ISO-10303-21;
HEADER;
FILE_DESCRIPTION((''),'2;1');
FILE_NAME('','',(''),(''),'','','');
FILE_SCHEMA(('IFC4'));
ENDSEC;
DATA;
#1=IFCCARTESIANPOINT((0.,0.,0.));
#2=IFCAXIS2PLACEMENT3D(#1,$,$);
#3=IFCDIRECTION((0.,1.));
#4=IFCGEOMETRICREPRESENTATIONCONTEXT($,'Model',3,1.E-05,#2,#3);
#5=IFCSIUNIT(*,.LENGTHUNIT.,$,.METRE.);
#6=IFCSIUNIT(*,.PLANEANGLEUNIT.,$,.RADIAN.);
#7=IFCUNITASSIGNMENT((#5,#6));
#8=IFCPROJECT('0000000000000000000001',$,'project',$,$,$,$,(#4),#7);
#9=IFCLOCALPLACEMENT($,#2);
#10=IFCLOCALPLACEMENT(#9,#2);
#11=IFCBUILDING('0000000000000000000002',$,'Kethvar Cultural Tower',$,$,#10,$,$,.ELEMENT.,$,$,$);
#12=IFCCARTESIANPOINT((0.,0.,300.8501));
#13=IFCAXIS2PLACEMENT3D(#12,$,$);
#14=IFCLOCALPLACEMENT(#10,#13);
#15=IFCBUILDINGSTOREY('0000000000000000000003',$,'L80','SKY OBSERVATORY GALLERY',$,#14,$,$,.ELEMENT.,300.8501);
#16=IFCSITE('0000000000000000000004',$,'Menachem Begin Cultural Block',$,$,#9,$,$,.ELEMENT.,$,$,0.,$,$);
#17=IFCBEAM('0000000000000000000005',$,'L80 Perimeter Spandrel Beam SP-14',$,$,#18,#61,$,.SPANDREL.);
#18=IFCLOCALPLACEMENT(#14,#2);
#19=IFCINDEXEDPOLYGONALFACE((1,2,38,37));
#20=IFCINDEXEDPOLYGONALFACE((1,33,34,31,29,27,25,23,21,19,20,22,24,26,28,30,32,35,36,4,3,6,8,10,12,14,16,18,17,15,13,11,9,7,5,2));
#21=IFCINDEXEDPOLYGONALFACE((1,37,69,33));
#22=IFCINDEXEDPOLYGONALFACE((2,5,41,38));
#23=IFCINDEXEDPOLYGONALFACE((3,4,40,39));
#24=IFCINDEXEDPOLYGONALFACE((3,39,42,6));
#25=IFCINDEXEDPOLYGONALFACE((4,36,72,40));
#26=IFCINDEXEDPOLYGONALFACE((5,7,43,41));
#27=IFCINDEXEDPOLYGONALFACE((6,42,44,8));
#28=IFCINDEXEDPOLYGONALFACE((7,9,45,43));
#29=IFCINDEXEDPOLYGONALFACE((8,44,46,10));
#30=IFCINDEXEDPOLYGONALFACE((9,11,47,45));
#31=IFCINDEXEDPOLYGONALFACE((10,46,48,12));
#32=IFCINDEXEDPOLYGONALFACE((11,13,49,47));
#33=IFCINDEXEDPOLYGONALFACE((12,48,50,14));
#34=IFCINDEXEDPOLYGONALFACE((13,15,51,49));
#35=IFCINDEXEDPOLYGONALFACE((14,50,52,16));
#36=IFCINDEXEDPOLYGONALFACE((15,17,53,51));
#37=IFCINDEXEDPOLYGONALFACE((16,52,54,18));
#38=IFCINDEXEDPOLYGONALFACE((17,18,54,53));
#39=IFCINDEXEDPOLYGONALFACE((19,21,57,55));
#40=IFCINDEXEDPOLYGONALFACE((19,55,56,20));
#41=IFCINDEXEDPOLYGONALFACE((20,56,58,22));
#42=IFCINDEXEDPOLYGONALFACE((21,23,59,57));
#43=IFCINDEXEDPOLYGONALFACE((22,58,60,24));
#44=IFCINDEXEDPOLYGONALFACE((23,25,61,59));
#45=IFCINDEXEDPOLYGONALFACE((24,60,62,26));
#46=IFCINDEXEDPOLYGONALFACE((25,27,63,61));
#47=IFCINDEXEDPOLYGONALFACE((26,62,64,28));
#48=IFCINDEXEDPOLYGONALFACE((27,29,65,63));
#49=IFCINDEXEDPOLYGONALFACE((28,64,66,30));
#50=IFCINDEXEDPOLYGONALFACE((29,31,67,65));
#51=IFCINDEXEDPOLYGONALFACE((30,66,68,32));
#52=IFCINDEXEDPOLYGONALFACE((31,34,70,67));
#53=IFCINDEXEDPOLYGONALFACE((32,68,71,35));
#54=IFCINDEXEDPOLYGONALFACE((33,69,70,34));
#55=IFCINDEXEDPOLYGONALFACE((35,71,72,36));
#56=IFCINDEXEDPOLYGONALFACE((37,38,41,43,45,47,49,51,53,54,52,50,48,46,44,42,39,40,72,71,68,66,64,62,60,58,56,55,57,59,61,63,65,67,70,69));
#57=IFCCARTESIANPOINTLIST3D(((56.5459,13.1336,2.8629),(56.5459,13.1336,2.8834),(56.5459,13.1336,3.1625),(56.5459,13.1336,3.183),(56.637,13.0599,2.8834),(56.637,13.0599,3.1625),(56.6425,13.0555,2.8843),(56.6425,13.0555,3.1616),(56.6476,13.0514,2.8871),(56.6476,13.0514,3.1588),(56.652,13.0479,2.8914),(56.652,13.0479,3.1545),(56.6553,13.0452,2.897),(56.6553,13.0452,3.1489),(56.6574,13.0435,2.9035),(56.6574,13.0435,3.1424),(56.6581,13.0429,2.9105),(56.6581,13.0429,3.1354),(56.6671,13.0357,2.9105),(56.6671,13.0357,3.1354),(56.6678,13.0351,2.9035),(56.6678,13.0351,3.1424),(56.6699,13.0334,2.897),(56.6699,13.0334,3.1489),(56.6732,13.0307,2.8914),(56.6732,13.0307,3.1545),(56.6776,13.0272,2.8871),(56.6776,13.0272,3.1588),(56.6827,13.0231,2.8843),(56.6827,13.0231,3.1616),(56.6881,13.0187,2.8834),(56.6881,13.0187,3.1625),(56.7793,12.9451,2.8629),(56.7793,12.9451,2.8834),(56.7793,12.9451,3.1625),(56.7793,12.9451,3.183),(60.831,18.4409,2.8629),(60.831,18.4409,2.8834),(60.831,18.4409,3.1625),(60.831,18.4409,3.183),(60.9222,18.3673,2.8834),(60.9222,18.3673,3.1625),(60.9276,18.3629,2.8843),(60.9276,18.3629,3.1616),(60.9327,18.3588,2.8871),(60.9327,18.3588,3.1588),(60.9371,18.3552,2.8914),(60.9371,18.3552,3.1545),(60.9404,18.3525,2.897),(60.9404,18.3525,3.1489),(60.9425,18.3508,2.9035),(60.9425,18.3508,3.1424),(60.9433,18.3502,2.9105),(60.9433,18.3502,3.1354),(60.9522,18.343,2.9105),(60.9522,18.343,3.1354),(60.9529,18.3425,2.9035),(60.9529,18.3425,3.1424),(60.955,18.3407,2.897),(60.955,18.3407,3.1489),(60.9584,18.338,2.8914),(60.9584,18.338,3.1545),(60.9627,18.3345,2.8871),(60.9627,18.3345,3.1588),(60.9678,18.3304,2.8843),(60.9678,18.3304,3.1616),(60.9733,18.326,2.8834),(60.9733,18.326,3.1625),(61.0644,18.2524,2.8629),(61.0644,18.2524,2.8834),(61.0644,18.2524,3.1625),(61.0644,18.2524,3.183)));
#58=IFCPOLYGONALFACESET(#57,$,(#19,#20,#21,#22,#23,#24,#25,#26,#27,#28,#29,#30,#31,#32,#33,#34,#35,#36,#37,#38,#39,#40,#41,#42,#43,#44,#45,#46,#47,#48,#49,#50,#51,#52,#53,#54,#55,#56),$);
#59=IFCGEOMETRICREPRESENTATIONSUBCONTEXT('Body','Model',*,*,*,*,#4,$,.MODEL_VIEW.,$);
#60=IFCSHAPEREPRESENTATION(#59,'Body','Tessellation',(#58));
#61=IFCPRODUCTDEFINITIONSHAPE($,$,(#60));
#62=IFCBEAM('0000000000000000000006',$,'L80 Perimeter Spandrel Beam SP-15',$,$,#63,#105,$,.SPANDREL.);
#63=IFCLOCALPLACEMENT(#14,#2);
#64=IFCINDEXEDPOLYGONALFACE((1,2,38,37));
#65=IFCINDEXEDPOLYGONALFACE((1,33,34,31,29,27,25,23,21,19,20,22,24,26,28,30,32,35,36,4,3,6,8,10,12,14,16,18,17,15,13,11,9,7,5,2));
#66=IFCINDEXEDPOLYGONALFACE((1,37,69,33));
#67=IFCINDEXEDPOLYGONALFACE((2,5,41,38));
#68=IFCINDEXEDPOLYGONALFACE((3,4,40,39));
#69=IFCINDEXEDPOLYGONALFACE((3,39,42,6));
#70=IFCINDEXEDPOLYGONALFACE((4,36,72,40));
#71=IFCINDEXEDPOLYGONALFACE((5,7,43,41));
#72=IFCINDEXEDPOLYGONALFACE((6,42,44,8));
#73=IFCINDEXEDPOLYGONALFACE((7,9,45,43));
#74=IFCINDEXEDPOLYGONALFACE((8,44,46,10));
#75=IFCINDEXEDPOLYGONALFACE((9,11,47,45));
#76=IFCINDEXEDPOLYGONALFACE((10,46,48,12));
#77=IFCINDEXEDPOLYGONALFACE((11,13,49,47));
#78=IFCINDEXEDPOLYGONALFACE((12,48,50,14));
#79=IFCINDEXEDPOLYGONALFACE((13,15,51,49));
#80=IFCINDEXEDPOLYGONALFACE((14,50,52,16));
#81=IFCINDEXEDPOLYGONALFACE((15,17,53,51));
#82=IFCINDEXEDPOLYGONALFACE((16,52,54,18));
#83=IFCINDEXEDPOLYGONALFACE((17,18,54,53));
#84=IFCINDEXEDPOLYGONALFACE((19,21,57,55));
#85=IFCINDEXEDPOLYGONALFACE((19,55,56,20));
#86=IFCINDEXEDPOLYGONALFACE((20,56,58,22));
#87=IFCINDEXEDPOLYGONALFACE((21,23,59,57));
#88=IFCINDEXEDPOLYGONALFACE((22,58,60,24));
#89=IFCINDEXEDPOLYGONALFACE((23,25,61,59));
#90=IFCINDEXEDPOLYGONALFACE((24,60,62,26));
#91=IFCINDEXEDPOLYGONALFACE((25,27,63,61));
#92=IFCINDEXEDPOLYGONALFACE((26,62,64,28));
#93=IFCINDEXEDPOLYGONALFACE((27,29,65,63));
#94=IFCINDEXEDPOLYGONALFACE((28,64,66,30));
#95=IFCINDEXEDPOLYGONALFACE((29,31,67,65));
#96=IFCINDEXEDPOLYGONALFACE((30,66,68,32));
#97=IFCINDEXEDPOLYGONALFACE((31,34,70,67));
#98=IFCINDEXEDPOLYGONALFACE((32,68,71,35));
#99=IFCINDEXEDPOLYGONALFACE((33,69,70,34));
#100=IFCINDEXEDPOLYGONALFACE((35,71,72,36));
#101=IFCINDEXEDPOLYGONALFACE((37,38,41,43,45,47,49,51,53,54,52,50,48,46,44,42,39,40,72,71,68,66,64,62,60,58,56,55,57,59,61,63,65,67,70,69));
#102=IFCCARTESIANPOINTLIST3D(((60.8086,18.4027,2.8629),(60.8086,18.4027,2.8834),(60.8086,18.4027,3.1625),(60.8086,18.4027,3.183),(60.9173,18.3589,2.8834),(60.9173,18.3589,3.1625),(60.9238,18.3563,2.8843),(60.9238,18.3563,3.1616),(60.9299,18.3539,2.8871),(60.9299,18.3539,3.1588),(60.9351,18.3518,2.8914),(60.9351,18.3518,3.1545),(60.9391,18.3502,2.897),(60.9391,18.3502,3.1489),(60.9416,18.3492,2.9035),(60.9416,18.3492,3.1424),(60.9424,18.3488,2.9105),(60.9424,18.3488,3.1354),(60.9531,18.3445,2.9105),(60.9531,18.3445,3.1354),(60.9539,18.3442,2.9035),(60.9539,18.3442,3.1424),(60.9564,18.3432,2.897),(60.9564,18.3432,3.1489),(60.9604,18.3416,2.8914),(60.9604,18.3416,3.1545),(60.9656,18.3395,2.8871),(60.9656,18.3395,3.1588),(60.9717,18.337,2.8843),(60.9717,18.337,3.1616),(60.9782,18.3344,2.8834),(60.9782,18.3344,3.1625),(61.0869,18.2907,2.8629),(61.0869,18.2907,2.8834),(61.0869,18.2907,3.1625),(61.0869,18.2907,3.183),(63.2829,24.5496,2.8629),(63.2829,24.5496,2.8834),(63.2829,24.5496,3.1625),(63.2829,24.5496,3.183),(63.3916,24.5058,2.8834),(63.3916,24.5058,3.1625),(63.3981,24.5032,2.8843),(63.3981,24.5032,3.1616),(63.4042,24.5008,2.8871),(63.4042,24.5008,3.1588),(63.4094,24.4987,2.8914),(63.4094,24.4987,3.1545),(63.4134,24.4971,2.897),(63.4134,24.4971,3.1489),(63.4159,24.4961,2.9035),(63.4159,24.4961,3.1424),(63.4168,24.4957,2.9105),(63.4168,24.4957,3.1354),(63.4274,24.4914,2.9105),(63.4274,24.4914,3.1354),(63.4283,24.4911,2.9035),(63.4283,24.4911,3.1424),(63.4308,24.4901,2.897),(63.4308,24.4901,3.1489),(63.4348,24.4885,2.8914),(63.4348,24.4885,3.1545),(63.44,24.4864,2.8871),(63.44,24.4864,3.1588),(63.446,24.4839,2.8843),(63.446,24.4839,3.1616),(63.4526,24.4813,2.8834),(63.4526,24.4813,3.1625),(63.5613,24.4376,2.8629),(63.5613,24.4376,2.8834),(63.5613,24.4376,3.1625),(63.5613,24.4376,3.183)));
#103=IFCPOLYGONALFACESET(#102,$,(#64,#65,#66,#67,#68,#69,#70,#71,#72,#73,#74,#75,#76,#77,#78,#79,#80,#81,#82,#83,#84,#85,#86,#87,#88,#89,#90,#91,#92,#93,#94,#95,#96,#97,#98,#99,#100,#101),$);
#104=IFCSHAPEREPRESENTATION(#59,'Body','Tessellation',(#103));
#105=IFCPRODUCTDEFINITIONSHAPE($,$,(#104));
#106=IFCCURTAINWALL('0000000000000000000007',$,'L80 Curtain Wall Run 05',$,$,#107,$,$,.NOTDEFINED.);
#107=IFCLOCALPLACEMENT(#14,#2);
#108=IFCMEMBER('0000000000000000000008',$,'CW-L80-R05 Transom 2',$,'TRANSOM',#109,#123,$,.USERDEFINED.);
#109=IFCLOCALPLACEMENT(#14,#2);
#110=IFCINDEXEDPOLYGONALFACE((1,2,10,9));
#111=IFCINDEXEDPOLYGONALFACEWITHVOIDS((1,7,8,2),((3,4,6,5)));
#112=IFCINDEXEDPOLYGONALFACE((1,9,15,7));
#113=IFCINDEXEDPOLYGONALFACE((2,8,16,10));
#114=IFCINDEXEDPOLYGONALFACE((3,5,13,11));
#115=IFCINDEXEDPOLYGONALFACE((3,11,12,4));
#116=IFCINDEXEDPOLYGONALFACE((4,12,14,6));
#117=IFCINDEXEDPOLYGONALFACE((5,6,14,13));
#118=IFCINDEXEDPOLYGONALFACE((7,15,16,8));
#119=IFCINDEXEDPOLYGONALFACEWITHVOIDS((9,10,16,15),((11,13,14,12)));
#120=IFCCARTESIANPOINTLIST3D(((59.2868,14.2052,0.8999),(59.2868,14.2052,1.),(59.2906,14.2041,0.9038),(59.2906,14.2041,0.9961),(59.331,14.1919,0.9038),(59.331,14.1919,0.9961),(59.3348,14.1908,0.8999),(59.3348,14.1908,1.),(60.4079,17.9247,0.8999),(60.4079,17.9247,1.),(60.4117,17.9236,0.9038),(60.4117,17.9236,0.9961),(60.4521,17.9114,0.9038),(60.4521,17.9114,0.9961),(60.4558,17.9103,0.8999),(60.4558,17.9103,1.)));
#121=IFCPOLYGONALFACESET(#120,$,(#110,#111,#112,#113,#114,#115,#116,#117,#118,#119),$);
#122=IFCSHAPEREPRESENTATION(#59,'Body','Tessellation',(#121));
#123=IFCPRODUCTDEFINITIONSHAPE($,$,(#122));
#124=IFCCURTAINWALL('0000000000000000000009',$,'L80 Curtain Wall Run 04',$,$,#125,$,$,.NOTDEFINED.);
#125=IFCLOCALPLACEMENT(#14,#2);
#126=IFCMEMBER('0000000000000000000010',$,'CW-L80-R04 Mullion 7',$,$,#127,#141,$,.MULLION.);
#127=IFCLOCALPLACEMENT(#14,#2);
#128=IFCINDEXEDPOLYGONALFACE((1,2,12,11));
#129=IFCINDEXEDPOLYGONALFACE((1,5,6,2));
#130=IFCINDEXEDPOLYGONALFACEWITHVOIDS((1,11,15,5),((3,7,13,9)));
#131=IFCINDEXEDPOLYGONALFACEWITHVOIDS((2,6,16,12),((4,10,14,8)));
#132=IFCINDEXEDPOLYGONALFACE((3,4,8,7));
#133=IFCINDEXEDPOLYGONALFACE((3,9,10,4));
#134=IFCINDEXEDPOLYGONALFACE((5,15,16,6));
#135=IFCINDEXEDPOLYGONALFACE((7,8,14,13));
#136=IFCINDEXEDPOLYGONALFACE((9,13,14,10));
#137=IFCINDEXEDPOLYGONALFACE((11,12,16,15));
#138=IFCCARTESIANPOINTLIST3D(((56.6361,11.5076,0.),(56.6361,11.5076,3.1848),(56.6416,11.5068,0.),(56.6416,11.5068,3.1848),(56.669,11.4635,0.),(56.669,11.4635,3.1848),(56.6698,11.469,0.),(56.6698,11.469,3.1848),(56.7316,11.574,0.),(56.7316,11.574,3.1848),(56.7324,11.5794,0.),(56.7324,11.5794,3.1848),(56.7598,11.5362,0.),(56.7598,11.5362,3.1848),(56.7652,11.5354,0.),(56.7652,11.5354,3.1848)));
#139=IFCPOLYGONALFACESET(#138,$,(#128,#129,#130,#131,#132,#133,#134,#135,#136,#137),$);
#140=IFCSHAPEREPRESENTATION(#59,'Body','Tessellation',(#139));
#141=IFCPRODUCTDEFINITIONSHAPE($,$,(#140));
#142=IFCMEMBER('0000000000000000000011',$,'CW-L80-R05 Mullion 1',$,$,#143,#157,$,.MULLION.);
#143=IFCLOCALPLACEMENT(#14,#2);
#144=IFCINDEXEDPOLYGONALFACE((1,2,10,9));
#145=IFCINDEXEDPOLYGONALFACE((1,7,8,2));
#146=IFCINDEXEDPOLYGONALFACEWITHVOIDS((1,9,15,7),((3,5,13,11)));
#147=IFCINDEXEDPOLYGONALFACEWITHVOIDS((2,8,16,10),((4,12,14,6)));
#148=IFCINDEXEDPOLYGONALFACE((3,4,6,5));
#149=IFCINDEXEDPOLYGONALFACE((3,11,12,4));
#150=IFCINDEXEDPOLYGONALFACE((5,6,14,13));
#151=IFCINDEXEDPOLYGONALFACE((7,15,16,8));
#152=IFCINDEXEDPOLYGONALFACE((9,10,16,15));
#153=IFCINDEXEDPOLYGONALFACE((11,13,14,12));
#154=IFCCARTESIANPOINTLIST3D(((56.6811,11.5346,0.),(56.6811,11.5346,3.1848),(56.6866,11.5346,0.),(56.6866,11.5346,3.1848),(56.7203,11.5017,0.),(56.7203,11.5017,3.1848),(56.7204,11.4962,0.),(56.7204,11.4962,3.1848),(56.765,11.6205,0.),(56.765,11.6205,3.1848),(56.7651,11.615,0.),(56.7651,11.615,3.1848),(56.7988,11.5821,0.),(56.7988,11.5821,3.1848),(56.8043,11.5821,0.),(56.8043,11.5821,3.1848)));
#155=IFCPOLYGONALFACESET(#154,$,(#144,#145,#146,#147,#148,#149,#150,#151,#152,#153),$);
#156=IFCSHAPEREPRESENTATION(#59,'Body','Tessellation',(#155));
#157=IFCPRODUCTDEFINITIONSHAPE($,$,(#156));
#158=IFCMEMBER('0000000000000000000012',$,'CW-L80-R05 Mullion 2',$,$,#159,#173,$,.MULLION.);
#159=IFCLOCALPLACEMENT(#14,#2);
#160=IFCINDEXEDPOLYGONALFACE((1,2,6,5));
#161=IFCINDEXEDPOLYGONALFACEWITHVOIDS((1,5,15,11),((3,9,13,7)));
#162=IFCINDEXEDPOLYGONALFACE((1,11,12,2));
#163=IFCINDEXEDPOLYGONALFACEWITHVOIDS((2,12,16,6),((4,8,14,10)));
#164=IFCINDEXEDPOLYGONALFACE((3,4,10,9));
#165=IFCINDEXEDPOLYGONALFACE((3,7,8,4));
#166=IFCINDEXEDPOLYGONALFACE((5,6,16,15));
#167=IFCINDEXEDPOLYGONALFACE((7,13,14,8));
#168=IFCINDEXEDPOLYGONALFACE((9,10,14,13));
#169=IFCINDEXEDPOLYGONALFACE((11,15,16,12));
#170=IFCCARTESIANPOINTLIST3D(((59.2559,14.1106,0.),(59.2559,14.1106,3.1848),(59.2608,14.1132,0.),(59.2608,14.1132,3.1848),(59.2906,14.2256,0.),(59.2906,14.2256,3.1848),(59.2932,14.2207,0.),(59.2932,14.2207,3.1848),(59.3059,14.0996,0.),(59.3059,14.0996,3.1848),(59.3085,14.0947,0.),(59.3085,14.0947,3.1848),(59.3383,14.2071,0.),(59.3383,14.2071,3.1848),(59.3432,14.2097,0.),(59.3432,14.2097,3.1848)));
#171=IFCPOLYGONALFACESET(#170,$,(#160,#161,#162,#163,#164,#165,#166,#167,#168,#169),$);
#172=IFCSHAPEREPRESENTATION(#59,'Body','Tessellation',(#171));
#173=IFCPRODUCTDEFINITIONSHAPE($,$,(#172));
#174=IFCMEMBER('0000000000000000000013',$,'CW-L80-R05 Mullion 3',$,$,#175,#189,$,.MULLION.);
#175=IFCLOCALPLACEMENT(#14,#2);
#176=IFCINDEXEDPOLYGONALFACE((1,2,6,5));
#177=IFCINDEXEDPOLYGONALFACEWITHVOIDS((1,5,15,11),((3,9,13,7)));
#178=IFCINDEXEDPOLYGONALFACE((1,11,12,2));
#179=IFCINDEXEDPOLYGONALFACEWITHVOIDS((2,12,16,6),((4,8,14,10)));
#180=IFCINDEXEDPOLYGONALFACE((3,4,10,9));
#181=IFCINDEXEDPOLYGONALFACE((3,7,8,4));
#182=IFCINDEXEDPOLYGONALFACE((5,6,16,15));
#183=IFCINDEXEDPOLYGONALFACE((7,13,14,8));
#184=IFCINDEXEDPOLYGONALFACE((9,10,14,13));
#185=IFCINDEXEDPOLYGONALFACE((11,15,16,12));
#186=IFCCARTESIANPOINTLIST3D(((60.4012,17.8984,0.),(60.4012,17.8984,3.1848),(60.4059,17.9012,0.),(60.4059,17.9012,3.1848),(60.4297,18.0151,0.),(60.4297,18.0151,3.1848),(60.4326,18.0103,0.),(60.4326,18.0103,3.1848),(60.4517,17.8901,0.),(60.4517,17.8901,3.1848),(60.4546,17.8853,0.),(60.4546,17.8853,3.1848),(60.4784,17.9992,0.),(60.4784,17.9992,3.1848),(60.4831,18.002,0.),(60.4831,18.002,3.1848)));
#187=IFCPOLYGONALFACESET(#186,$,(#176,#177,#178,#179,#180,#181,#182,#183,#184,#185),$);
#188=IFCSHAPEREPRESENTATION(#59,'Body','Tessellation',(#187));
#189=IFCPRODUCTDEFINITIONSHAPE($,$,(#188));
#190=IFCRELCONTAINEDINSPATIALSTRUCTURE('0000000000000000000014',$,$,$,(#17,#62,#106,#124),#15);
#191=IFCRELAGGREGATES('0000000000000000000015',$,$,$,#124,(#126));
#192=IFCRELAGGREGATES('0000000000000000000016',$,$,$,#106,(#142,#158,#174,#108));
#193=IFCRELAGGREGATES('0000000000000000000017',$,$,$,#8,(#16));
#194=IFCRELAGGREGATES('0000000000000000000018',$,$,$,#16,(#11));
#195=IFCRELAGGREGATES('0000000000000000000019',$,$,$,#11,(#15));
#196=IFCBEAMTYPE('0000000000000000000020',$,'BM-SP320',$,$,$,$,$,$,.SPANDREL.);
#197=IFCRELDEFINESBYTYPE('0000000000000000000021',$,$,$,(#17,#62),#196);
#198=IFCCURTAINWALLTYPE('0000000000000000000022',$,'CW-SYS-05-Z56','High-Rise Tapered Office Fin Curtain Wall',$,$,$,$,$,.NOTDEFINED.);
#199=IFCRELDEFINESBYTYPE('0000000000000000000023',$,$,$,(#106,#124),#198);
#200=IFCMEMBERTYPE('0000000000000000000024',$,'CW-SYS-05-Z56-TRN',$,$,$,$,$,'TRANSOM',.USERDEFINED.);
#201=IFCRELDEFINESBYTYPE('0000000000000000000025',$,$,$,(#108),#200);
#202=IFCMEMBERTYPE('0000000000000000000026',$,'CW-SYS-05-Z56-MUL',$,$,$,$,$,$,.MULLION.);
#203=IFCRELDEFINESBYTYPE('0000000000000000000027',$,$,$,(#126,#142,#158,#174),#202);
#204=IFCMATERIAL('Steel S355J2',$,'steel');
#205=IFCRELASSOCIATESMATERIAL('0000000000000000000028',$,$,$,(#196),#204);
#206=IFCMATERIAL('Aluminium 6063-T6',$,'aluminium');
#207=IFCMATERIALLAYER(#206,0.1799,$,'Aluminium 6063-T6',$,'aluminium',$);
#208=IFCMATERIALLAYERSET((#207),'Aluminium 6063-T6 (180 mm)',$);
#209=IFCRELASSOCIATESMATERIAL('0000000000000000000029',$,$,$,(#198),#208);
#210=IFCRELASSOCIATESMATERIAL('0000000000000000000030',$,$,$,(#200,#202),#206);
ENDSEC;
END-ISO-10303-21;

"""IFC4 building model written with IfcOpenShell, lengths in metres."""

from ifc_helpers import new_model, si_unit, direction, frame, origin, origin_2d, place, context, subcontext, project, spatial, hollow_rectangle, i_section, extrude, source, transform, mapped, material, layer, layer_set, material_profile, profile_set, type_object, element, aggregate, save


model = new_model("IFC4")

# Units and contexts
model_context = context("Model", 3, precision=1e-05, world=origin(), true_north=direction((0.0, 1.0)))
body_context = subcontext(model_context, "Body", "Model", "MODEL_VIEW")
ifc_project = project(units=[si_unit("LENGTHUNIT", "METRE"), si_unit("PLANEANGLEUNIT", "RADIAN")], contexts=[model_context])

# Site, building, storey
site_placement = place(None, origin())
site = spatial("IfcSite", under=ifc_project, at=site_placement, Name="Menachem Begin Cultural Block", CompositionType="ELEMENT", RefElevation=0.0)
building_placement = place(site_placement, origin())
building = spatial("IfcBuilding", under=site, at=building_placement, Name="Kethvar Cultural Tower", CompositionType="ELEMENT")
storey_placement = place(building_placement, frame((0.0, 0.0, 300.8501)))
storey = spatial("IfcBuildingStorey", under=building, at=storey_placement, Name="L80", Description="SKY OBSERVATORY GALLERY", CompositionType="ELEMENT", Elevation=300.8501)

# Shared definitions
ifc_material_1 = material(Name="Steel S355J2", Category="steel")

# Beams
ifc_material_profile_1 = material_profile(ifc_material_1, i_section(OverallWidth=0.3, OverallDepth=0.3201, WebThickness=0.0115, FlangeThickness=0.0205, FilletRadius=0.0271, at=origin_2d()), Name="Steel S355J2 — HEB320")
ifc_profile_set_1 = profile_set([ifc_material_profile_1], Name="Steel S355J2 — HEB320")
beam_type_1 = type_object("IfcBeamType", Name="BM-SP320", PredefinedType="SPANDREL", material=ifc_profile_set_1)
shared_shape_1 = source(origin(), body_context, "Body", "SweptSolid", [
    extrude(i_section(OverallWidth=0.3, OverallDepth=0.3201, WebThickness=0.0115, FlangeThickness=0.0205, FilletRadius=0.0271, at=origin_2d()), origin(), (0.0, 0.0, 1.0), 6.8213),
])
beam_1_placement = place(storey_placement, frame((56.6626, 13.0393, 3.0229), z_axis=(0.628198, 0.778054, 0.0), x_axis=(-0.778054, 0.628198, 0.0)))
element("IfcBeam", 1, at=beam_1_placement, inside=storey, type_object=beam_type_1, Name="L80 Perimeter Spandrel Beam SP-14", PredefinedType="SPANDREL", context=body_context, shape_type="MappedRepresentation", body=[
    mapped(shared_shape_1, transform((0.0, 0.0, 0.0), scale=1.0)),
])
shared_shape_2 = source(origin(), body_context, "Body", "SweptSolid", [
    extrude(i_section(OverallWidth=0.3, OverallDepth=0.3201, WebThickness=0.0115, FlangeThickness=0.0205, FilletRadius=0.0271, at=origin_2d()), origin(), (0.0, 0.0, 1.0), 6.6262),
])
beam_2_placement = place(storey_placement, frame((60.9478, 18.3467, 3.0229), z_axis=(0.373416, 0.927664, 0.0), x_axis=(-0.927664, 0.373416, 0.0)))
element("IfcBeam", 2, at=beam_2_placement, inside=storey, type_object=beam_type_1, Name="L80 Perimeter Spandrel Beam SP-15", PredefinedType="SPANDREL", context=body_context, shape_type="MappedRepresentation", body=[
    mapped(shared_shape_2, transform((0.0, 0.0, 0.0), scale=1.0)),
])

# Curtain walls, members
ifc_material_2 = material(Name="Aluminium 6063-T6", Category="aluminium")
ifc_layer_1 = layer(ifc_material_2, 0.1799, Name="Aluminium 6063-T6", Category="aluminium")
ifc_layer_set_1 = layer_set([ifc_layer_1], Name="Aluminium 6063-T6 (180 mm)")
curtain_wall_type = type_object("IfcCurtainWallType", Name="CW-SYS-05-Z56", Description="High-Rise Tapered Office Fin Curtain Wall", PredefinedType="NOTDEFINED", material=ifc_layer_set_1)
curtain_wall_1_placement = place(storey_placement, origin())
curtain_wall_1 = element("IfcCurtainWall", 3, at=curtain_wall_1_placement, inside=storey, type_object=curtain_wall_type, Name="L80 Curtain Wall Run 05", PredefinedType="NOTDEFINED")
ifc_material_profile_2 = material_profile(ifc_material_2, hollow_rectangle(XDim=0.05, YDim=0.1001, WallThickness=0.0039, at=origin_2d()), Name="Aluminium 6063-T6 — RHS100x50x4")
ifc_profile_set_2 = profile_set([ifc_material_profile_2], Name="Aluminium 6063-T6 — RHS100x50x4")
member_type_1 = type_object("IfcMemberType", Name="CW-SYS-05-Z56-TRN", ElementType="TRANSOM", PredefinedType="USERDEFINED", material=ifc_profile_set_2)
shared_shape_3 = source(origin(), body_context, "Body", "SweptSolid", [
    extrude(hollow_rectangle(XDim=0.05, YDim=0.1001, WallThickness=0.0039, at=origin_2d()), origin(), (0.0, 0.0, 1.0), 3.8848),
])
member_1_placement = place(storey_placement, frame((59.3108, 14.198, 0.95), z_axis=(0.288587, 0.957454, 0.0), x_axis=(-0.957454, 0.288587, 0.0)))
member_1 = element("IfcMember", 4, at=member_1_placement, type_object=member_type_1, Name="CW-L80-R05 Transom 2", ObjectType="TRANSOM", PredefinedType="USERDEFINED", context=body_context, shape_type="MappedRepresentation", body=[
    mapped(shared_shape_3, transform((0.0, 0.0, 0.0), scale=1.0)),
])
curtain_wall_2_placement = place(storey_placement, origin())
curtain_wall_2 = element("IfcCurtainWall", 5, at=curtain_wall_2_placement, inside=storey, type_object=curtain_wall_type, Name="L80 Curtain Wall Run 04", PredefinedType="NOTDEFINED")
ifc_material_profile_3 = material_profile(ifc_material_2, hollow_rectangle(XDim=0.0549, YDim=0.1201, WallThickness=0.0039, at=origin_2d()), Name="Aluminium 6063-T6 — RHS120x55x4")
ifc_profile_set_3 = profile_set([ifc_material_profile_3], Name="Aluminium 6063-T6 — RHS120x55x4")
member_type_2 = type_object("IfcMemberType", Name="CW-SYS-05-Z56-MUL", PredefinedType="MULLION", material=ifc_profile_set_3)
shared_shape_4 = source(origin(), body_context, "Body", "SweptSolid", [
    extrude(hollow_rectangle(XDim=0.0549, YDim=0.1201, WallThickness=0.0039, at=origin_2d()), origin(), (0.0, 0.0, 1.0), 3.1848),
])
member_2_placement = place(storey_placement, frame((56.7007, 11.5215, 0.0), z_axis=(0.0, 0.0, 1.0), x_axis=(-0.598241, 0.801316, 0.0)))
member_2 = element("IfcMember", 6, at=member_2_placement, type_object=member_type_2, Name="CW-L80-R04 Mullion 7", PredefinedType="MULLION", context=body_context, shape_type="MappedRepresentation", body=[
    mapped(shared_shape_4, transform((0.0, 0.0, 0.0), scale=1.0)),
])

# Members
member_3_placement = place(storey_placement, frame((56.7427, 11.5583, 0.0), z_axis=(0.0, 0.0, 1.0), x_axis=(-0.715437, 0.698678, 0.0)))
member_3 = element("IfcMember", 7, at=member_3_placement, type_object=member_type_2, Name="CW-L80-R05 Mullion 1", PredefinedType="MULLION", context=body_context, shape_type="MappedRepresentation", body=[
    mapped(shared_shape_4, transform((0.0, 0.0, 0.0), scale=1.0)),
])
member_4_placement = place(storey_placement, frame((59.2996, 14.1602, 0.0), z_axis=(0.0, 0.0, 1.0), x_axis=(-0.957446, 0.288614, 0.0)))
member_4 = element("IfcMember", 8, at=member_4_placement, type_object=member_type_2, Name="CW-L80-R05 Mullion 2", PredefinedType="MULLION", context=body_context, shape_type="MappedRepresentation", body=[
    mapped(shared_shape_4, transform((0.0, 0.0, 0.0), scale=1.0)),
])
member_5_placement = place(storey_placement, frame((60.4421, 17.9502, 0.0), z_axis=(0.0, 0.0, 1.0), x_axis=(-0.971437, 0.237296, 0.0)))
member_5 = element("IfcMember", 9, at=member_5_placement, type_object=member_type_2, Name="CW-L80-R05 Mullion 3", PredefinedType="MULLION", context=body_context, shape_type="MappedRepresentation", body=[
    mapped(shared_shape_4, transform((0.0, 0.0, 0.0), scale=1.0)),
])

aggregate(curtain_wall_2, [member_2])
aggregate(curtain_wall_1, [member_3, member_4, member_5, member_1])

save(model, "model.ifc")
